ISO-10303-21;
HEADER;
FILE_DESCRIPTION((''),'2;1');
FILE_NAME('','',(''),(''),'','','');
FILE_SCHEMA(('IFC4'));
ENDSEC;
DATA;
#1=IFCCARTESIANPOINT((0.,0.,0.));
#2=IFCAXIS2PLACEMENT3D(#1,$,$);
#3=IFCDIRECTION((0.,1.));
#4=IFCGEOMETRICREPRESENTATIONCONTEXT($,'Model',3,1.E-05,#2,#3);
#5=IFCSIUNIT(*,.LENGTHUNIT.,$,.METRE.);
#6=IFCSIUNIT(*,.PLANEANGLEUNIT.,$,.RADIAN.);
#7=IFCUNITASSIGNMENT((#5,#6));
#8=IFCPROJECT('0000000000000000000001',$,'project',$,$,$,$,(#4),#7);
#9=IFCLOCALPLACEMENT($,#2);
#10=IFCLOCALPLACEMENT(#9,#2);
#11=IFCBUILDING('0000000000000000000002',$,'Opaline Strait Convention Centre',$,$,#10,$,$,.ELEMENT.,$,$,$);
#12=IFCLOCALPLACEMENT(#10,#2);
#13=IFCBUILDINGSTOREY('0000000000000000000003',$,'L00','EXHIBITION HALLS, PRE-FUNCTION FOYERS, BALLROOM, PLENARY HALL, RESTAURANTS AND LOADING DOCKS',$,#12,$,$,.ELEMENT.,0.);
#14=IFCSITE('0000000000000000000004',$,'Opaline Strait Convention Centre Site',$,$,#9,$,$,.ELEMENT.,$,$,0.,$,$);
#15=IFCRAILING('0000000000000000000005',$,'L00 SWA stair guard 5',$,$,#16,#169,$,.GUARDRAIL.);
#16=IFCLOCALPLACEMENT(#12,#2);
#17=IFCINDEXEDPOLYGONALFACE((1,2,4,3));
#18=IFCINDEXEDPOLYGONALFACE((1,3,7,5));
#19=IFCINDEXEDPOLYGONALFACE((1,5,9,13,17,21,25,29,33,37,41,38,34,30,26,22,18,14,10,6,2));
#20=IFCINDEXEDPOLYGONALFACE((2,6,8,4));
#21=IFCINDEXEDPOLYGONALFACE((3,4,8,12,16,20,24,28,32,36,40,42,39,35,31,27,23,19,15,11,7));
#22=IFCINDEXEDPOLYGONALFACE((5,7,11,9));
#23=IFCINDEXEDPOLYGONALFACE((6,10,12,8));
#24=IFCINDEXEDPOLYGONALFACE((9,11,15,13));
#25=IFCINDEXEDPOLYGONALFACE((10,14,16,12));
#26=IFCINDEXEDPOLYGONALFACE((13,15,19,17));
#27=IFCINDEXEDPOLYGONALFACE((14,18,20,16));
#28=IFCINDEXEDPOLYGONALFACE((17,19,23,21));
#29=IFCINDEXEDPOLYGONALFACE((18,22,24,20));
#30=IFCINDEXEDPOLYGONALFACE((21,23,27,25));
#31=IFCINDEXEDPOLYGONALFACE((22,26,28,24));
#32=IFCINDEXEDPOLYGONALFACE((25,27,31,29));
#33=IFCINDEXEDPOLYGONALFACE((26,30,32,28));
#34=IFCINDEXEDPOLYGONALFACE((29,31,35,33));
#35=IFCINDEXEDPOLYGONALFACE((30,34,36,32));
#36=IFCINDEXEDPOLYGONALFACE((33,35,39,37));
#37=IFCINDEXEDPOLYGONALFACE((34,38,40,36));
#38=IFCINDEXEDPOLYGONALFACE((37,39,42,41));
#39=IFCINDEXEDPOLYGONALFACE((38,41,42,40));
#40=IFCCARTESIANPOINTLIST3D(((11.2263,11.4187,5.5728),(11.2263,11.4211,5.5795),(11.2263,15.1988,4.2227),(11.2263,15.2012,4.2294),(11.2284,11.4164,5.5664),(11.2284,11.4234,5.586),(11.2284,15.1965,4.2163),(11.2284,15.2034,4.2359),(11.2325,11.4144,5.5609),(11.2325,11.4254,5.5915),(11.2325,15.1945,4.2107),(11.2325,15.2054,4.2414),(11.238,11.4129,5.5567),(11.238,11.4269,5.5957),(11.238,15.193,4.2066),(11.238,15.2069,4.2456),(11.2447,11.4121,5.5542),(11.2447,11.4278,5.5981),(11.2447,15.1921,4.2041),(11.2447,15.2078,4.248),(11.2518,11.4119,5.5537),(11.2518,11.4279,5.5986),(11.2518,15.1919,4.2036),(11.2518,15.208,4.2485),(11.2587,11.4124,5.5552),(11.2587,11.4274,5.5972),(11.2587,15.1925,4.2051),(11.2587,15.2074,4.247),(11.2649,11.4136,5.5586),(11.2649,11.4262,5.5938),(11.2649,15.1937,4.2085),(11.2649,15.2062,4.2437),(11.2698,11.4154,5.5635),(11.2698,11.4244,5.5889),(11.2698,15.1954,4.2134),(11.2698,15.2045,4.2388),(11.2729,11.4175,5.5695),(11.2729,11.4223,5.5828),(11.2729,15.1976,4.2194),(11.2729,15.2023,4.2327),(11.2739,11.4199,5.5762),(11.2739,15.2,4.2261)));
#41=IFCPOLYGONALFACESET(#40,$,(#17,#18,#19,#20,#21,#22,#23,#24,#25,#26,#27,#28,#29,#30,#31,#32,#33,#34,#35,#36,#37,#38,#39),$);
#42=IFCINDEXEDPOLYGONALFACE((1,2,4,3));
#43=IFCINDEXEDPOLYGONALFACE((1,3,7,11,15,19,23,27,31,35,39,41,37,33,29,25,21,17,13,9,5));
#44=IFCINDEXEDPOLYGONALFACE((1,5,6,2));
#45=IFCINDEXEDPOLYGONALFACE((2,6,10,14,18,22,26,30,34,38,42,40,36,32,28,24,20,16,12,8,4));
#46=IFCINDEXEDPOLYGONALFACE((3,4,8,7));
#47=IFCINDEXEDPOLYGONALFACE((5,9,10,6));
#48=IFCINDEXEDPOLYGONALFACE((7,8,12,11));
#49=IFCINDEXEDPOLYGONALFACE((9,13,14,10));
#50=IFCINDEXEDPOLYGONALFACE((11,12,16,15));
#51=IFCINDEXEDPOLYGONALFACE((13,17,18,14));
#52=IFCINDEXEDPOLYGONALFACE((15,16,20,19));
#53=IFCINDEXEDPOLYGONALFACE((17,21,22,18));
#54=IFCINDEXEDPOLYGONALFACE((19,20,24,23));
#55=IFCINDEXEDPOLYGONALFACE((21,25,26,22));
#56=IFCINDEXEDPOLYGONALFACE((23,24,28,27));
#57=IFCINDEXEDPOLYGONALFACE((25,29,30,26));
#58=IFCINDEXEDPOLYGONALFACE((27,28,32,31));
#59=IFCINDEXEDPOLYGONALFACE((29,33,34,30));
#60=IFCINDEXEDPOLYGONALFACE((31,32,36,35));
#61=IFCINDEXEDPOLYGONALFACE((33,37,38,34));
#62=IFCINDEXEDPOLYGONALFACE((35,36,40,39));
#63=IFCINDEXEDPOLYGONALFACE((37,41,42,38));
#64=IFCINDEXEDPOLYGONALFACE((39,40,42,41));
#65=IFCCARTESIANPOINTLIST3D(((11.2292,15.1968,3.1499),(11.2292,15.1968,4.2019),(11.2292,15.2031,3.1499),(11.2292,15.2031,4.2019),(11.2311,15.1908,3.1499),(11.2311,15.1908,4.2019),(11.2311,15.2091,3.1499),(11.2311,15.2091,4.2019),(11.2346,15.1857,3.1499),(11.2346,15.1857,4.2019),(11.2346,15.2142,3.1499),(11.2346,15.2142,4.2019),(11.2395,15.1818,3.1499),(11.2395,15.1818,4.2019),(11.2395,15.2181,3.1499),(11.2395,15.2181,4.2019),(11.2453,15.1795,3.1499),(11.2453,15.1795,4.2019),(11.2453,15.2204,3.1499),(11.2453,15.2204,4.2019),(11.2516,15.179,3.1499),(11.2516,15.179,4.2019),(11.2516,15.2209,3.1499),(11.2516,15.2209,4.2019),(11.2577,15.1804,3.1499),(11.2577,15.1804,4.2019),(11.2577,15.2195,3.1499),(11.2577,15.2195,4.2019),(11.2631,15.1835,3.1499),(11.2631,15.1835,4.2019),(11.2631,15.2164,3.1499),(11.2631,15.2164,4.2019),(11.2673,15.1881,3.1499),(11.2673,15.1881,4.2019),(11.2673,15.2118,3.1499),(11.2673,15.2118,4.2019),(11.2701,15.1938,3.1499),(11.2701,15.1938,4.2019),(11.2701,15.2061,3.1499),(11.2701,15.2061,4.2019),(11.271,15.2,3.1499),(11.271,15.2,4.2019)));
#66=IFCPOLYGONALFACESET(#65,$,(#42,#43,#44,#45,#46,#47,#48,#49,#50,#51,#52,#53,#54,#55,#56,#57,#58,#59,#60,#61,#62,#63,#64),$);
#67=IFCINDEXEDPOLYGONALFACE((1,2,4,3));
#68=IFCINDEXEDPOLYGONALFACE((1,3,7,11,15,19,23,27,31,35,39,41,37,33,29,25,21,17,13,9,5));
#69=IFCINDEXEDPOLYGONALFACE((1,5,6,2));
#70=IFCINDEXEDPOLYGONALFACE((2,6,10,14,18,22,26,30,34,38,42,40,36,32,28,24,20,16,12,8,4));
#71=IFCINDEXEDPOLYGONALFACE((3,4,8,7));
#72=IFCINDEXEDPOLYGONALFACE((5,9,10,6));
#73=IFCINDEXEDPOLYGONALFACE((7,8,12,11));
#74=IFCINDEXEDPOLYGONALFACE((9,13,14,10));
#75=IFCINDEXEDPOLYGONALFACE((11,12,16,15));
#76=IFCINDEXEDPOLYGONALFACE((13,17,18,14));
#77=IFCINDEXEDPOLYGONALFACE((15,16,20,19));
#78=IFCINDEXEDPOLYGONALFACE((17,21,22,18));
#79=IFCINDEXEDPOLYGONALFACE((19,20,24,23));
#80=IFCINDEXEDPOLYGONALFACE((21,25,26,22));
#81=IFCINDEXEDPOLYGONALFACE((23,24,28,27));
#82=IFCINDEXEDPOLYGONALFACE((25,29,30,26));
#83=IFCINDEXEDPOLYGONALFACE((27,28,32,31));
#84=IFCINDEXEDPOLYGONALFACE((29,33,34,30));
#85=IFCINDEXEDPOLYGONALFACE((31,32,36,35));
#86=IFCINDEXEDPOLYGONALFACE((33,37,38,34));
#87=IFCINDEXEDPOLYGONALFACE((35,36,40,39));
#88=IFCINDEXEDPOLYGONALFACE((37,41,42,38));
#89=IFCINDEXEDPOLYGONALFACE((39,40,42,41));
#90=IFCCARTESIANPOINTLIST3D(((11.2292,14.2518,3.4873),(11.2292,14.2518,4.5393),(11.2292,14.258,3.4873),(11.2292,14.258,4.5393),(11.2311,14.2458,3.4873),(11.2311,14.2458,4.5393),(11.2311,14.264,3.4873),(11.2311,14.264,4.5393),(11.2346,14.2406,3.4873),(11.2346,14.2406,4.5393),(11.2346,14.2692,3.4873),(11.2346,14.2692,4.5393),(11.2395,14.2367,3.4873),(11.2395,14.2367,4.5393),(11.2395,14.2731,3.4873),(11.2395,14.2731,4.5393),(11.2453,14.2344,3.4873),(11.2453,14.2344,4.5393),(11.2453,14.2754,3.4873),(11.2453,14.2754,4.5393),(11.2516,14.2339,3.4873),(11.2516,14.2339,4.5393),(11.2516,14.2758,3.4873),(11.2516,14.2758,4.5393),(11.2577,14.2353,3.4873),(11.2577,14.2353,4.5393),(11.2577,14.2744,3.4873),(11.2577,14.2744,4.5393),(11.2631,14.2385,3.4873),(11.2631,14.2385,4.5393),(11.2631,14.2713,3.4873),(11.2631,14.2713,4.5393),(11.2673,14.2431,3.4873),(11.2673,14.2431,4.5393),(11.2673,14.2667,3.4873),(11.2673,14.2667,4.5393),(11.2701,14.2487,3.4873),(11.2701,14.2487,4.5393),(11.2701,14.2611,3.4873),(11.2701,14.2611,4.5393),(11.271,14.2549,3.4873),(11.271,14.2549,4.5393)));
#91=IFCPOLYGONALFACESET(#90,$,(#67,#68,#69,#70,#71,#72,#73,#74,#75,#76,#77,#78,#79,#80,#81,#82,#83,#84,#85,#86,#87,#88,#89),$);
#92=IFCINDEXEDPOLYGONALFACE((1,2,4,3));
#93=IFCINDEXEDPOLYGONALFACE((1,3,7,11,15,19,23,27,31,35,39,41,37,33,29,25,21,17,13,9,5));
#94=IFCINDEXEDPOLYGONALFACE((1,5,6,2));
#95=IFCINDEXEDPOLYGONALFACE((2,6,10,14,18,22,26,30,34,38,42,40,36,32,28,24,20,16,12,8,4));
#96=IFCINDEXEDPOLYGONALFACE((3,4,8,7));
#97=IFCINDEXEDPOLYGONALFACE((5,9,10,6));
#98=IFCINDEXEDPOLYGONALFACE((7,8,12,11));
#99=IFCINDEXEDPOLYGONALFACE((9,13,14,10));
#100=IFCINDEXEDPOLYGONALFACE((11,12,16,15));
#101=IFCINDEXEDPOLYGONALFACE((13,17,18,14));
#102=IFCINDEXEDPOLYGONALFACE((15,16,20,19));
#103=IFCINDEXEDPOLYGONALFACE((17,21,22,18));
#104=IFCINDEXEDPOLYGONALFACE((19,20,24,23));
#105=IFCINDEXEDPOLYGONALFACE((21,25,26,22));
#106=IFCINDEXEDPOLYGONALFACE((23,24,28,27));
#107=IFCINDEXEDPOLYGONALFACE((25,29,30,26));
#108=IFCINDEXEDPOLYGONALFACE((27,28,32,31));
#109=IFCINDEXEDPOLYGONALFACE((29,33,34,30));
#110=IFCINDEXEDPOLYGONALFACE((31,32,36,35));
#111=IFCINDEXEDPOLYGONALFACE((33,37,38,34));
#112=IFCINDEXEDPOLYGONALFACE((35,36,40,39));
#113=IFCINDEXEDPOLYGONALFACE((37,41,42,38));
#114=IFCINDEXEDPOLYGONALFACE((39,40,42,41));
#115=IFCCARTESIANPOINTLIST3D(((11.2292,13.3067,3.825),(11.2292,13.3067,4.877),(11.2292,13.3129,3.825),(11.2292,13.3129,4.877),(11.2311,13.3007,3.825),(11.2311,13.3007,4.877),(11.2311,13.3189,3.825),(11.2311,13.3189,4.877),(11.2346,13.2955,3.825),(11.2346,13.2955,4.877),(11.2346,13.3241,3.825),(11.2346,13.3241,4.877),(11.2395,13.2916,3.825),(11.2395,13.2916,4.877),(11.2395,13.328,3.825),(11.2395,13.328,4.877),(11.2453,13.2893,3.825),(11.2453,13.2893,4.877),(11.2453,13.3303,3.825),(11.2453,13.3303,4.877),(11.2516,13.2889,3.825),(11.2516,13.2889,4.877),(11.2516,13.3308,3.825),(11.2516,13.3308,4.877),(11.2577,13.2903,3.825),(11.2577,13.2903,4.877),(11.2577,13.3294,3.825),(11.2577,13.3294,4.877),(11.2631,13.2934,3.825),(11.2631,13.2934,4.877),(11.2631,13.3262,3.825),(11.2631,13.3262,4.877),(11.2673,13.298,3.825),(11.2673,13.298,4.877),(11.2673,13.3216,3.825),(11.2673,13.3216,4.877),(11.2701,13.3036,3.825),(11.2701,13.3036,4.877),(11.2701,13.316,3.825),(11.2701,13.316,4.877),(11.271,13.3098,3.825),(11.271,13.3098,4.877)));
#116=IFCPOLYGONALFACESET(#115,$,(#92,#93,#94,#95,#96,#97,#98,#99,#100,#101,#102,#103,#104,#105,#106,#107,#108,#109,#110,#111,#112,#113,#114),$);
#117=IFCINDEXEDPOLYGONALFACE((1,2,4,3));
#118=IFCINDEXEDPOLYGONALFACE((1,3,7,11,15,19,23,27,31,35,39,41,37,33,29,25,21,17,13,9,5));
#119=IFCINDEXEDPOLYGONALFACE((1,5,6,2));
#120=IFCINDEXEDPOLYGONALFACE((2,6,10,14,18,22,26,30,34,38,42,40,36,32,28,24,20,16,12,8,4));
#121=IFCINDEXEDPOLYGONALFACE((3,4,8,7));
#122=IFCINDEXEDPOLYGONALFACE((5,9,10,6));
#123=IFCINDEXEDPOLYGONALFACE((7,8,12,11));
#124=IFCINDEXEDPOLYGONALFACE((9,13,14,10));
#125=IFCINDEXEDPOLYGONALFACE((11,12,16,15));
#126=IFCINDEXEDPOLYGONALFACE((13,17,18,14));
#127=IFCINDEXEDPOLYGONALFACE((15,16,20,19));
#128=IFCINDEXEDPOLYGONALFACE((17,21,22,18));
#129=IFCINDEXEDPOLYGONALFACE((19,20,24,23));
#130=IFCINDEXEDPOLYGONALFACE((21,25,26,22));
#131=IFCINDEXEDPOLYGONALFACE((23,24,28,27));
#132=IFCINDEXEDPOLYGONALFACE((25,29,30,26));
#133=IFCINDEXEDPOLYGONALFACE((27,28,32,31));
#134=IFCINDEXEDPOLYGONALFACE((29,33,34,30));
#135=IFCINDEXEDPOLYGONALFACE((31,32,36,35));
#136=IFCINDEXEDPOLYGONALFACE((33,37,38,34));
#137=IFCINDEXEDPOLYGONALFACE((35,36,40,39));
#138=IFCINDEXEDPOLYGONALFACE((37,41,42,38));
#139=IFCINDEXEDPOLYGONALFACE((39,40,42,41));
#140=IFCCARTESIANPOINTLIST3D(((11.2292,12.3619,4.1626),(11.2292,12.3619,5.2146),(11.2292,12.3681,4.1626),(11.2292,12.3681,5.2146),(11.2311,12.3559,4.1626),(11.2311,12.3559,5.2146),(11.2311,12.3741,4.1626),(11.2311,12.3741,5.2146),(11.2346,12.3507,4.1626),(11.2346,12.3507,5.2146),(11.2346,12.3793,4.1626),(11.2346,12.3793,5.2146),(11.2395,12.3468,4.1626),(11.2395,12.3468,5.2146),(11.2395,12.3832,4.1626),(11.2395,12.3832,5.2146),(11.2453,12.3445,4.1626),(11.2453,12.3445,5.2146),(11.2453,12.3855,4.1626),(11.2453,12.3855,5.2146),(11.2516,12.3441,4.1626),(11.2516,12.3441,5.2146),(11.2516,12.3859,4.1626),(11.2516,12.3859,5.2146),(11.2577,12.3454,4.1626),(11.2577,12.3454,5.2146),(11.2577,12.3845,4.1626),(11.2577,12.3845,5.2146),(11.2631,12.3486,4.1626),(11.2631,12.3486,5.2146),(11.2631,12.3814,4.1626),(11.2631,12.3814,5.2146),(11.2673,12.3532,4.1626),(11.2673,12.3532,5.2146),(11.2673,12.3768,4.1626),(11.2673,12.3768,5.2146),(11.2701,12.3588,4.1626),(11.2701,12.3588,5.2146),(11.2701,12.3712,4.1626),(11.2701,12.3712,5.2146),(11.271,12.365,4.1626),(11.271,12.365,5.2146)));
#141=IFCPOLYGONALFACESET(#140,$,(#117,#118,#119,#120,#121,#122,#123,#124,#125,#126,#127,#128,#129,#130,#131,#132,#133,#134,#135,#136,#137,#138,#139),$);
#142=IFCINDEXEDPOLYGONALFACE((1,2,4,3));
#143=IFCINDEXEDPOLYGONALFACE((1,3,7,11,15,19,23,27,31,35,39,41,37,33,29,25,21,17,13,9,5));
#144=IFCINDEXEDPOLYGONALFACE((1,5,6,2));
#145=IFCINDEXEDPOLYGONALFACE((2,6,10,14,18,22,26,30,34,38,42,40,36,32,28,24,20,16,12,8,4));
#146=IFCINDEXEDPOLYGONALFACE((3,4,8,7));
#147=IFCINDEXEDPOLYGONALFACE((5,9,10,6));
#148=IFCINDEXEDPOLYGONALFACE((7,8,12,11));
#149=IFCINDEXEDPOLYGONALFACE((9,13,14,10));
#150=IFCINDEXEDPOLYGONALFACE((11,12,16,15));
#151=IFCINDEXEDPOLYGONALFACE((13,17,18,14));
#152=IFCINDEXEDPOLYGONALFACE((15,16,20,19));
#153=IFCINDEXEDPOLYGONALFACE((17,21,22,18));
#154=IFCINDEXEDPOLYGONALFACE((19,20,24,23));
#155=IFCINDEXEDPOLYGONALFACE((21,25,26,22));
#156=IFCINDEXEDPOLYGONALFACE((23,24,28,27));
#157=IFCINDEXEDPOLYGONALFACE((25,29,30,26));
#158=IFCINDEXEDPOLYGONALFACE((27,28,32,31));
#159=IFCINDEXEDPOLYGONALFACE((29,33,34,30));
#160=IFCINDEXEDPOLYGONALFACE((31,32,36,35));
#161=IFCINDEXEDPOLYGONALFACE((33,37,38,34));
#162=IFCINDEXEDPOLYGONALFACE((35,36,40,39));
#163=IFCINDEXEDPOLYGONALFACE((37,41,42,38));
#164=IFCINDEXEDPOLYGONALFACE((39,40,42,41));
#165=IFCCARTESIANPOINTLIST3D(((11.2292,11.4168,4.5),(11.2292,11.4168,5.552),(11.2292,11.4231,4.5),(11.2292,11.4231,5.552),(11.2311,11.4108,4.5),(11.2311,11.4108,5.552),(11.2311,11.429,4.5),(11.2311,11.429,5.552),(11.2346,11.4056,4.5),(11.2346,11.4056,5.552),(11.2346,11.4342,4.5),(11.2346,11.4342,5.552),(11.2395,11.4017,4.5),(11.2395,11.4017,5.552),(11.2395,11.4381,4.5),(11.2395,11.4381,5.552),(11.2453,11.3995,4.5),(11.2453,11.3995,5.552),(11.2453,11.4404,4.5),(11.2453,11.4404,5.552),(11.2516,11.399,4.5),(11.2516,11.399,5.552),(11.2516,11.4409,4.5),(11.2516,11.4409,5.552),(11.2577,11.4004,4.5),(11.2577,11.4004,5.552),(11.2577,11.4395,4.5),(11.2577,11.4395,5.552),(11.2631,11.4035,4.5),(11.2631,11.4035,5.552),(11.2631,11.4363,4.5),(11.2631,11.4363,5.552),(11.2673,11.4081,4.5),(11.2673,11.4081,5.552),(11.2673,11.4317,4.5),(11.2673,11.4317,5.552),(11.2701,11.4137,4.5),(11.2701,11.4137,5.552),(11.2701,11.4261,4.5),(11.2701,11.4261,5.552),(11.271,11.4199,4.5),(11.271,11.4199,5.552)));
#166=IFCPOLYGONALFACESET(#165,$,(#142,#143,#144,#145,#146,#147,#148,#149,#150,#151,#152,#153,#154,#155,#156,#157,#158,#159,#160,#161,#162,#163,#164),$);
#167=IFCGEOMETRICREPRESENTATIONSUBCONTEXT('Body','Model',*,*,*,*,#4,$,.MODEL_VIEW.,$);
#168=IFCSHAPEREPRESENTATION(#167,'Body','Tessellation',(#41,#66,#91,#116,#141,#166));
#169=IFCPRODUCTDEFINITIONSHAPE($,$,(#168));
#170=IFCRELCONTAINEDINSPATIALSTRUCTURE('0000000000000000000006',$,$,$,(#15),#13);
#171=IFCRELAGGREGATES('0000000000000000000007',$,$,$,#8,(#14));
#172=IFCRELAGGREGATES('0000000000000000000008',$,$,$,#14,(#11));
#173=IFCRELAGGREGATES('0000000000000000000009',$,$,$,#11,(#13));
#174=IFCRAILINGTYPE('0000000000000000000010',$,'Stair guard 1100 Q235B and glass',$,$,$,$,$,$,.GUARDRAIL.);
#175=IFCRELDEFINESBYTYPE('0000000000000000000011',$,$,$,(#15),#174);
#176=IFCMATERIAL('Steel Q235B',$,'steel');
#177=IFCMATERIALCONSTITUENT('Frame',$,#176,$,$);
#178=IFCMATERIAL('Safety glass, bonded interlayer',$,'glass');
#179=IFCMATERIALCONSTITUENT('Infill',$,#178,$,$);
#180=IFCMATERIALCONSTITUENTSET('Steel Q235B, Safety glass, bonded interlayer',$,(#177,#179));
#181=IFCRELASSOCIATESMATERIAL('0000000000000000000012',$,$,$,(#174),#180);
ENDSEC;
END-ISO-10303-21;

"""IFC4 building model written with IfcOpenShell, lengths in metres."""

from ifc_helpers import new_model, si_unit, direction, frame, origin, origin_2d, place, context, subcontext, project, spatial, circle, extrude, material, constituent, constituent_set, type_object, element, save


model = new_model("IFC4")

# Units and contexts
model_context = context("Model", 3, precision=1e-05, world=origin(), true_north=direction((0.0, 1.0)))
body_context = subcontext(model_context, "Body", "Model", "MODEL_VIEW")
ifc_project = project(units=[si_unit("LENGTHUNIT", "METRE"), si_unit("PLANEANGLEUNIT", "RADIAN")], contexts=[model_context])

# Site, building, storey
site_placement = place(None, origin())
site = spatial("IfcSite", under=ifc_project, at=site_placement, Name="Opaline Strait Convention Centre Site", CompositionType="ELEMENT", RefElevation=0.0)
building_placement = place(site_placement, origin())
building = spatial("IfcBuilding", under=site, at=building_placement, Name="Opaline Strait Convention Centre", CompositionType="ELEMENT")
storey_placement = place(building_placement, origin())
storey = spatial("IfcBuildingStorey", under=building, at=storey_placement, Name="L00", Description="EXHIBITION HALLS, PRE-FUNCTION FOYERS, BALLROOM, PLENARY HALL, RESTAURANTS AND LOADING DOCKS", CompositionType="ELEMENT", Elevation=0.0)

# Railing
ifc_material_1 = material(Name="Steel Q235B", Category="steel")
ifc_constituent_1 = constituent(ifc_material_1, Name="Frame")
ifc_material_2 = material(Name="Safety glass, bonded interlayer", Category="glass")
ifc_constituent_2 = constituent(ifc_material_2, Name="Infill")
ifc_constituent_set = constituent_set(constituents=[ifc_constituent_1, ifc_constituent_2], Name="Steel Q235B, Safety glass, bonded interlayer")
railing_type_1 = type_object("IfcRailingType", Name="Stair guard 1100 Q235B and glass", PredefinedType="GUARDRAIL", material=ifc_constituent_set)
railing_1_placement = place(storey_placement, frame((11.25, 15.2, 3.1499)))
element("IfcRailing", 1, at=railing_1_placement, inside=storey, type_object=railing_type_1, Name="L00 SWA stair guard 5", PredefinedType="GUARDRAIL", context=body_context, shape_type="SweptSolid", body=[
    extrude(circle(Radius=0.0239, at=origin_2d()), frame((0.0, 0.0, 1.0762), z_axis=(0.0, -0.941735, 0.336356), x_axis=(1.0, 0.0, 0.0)), (0.0, 0.0, 1.0), 4.0139),
    extrude(circle(Radius=0.021, at=origin_2d()), origin(), (0.0, 0.0, 1.0), 1.052),
    extrude(circle(Radius=0.021, at=origin_2d()), frame((0.0, -0.9451, 0.3374)), (0.0, 0.0, 1.0), 1.052),
    extrude(circle(Radius=0.021, at=origin_2d()), frame((0.0, -1.8901, 0.675)), (0.0, 0.0, 1.0), 1.052),
    extrude(circle(Radius=0.021, at=origin_2d()), frame((0.0, -2.835, 1.0127)), (0.0, 0.0, 1.0), 1.052),
    extrude(circle(Radius=0.021, at=origin_2d()), frame((0.0, -3.78, 1.3501)), (0.0, 0.0, 1.0), 1.052),
])

save(model, "model.ifc")
